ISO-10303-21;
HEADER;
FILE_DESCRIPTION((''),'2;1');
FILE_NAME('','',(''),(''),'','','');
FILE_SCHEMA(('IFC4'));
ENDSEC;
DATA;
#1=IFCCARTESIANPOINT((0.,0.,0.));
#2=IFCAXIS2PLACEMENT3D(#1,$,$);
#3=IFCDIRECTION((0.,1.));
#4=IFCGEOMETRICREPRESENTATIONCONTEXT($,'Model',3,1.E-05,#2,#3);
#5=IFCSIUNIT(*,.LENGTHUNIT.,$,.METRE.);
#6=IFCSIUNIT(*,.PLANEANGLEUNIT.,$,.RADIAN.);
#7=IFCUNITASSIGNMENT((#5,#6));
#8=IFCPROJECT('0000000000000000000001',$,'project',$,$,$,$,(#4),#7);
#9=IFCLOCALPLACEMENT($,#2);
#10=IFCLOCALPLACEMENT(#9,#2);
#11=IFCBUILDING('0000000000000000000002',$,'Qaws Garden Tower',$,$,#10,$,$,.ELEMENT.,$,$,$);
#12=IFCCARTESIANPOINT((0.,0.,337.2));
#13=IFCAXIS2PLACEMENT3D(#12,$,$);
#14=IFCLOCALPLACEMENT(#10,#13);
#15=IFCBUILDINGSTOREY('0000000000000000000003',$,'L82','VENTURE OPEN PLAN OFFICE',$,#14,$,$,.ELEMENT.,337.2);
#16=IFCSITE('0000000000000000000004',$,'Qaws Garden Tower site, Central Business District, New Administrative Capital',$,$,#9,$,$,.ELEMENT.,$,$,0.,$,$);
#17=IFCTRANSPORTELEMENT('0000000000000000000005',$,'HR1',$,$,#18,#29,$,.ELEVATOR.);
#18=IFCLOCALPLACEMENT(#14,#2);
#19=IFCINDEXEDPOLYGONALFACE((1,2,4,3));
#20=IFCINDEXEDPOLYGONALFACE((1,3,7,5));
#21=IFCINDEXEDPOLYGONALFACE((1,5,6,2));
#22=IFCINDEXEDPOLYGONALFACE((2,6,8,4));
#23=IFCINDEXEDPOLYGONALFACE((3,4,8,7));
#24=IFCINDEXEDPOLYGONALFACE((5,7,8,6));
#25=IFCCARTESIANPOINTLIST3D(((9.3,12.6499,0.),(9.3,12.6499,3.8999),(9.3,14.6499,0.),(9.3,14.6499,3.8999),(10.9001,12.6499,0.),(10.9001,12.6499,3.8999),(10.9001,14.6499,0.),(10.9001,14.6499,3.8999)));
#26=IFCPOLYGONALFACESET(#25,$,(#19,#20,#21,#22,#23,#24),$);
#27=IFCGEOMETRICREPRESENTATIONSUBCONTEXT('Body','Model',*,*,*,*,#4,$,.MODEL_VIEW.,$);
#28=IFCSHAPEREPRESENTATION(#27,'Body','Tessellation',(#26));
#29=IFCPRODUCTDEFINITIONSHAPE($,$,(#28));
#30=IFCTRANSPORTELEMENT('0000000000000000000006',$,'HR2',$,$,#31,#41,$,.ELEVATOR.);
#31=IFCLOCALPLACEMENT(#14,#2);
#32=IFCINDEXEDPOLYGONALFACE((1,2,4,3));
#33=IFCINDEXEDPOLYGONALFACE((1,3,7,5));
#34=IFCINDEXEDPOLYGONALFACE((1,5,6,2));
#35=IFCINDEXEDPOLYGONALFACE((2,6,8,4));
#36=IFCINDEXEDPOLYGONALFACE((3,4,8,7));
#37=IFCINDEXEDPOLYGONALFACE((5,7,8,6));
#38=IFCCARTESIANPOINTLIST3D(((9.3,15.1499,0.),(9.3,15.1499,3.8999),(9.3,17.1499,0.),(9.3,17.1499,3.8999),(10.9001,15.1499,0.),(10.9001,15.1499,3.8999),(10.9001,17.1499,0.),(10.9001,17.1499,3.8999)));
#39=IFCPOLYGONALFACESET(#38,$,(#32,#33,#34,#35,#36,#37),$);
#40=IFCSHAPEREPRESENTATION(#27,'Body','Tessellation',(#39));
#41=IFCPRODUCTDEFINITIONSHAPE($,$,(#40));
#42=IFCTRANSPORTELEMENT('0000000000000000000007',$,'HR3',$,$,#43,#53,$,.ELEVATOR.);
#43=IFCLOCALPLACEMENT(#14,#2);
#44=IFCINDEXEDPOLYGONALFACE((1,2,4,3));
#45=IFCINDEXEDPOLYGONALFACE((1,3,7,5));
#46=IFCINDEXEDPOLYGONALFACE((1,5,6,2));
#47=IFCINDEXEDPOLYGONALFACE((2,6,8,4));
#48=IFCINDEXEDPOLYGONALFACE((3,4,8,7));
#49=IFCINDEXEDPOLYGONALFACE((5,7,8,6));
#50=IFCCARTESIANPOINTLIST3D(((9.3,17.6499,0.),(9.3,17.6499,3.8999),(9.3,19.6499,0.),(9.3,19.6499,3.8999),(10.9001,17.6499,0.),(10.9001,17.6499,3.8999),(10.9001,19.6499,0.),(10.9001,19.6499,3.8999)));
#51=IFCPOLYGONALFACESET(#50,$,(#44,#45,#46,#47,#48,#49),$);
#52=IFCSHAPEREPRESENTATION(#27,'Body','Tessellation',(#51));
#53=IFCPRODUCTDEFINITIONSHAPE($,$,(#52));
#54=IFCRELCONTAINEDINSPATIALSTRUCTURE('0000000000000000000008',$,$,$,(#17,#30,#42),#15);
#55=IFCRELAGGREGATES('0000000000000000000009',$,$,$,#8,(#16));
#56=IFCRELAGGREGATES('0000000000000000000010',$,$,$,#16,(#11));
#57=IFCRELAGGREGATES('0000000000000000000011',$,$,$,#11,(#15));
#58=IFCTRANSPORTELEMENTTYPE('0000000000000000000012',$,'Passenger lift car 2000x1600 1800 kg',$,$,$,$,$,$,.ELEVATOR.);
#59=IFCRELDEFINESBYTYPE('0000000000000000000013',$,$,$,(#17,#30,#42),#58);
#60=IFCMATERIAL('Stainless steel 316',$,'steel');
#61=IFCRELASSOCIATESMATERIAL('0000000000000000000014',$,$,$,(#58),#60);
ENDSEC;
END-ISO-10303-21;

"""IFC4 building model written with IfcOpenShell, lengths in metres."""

from ifc_helpers import new_model, si_unit, direction, frame, origin, origin_2d, place, context, subcontext, project, spatial, rectangle, extrude, material, type_object, element, save


model = new_model("IFC4")

# Units and contexts
model_context = context("Model", 3, precision=1e-05, world=origin(), true_north=direction((0.0, 1.0)))
body_context = subcontext(model_context, "Body", "Model", "MODEL_VIEW")
ifc_project = project(units=[si_unit("LENGTHUNIT", "METRE"), si_unit("PLANEANGLEUNIT", "RADIAN")], contexts=[model_context])

# Site, building, storey
site_placement = place(None, origin())
site = spatial("IfcSite", under=ifc_project, at=site_placement, Name="Qaws Garden Tower site, Central Business District, New Administrative Capital", CompositionType="ELEMENT", RefElevation=0.0)
building_placement = place(site_placement, origin())
building = spatial("IfcBuilding", under=site, at=building_placement, Name="Qaws Garden Tower", CompositionType="ELEMENT")
storey_placement = place(building_placement, frame((0.0, 0.0, 337.2)))
storey = spatial("IfcBuildingStorey", under=building, at=storey_placement, Name="L82", Description="VENTURE OPEN PLAN OFFICE", CompositionType="ELEMENT", Elevation=337.2)

# Transport elements
ifc_material_1 = material(Name="Stainless steel 316", Category="steel")
transport_element_type = type_object("IfcTransportElementType", Name="Passenger lift car 2000x1600 1800 kg", PredefinedType="ELEVATOR", material=ifc_material_1)
for number, where, z_axis, x_axis, name in (
    (1, (10.1001, 13.6499, 0.0), (0.0, 0.0, 1.0), (1.0, 0.0, 0.0), "HR1"),
    (2, (10.1001, 16.1499, 0.0), (0.0, 0.0, 1.0), (1.0, 0.0, 0.0), "HR2"),
    (3, (10.1001, 18.6499, 0.0), (0.0, 0.0, 1.0), (1.0, 0.0, 0.0), "HR3"),
):
    element("IfcTransportElement", number, at=place(storey_placement, frame(where, z_axis=z_axis, x_axis=x_axis)), inside=storey, type_object=transport_element_type, Name=name, PredefinedType="ELEVATOR", context=body_context, shape_type="SweptSolid", body=[
        extrude(rectangle(XDim=1.6001, YDim=2.0, at=origin_2d()), origin(), (0.0, 0.0, 1.0), 3.8999),
    ])

save(model, "model.ifc")
